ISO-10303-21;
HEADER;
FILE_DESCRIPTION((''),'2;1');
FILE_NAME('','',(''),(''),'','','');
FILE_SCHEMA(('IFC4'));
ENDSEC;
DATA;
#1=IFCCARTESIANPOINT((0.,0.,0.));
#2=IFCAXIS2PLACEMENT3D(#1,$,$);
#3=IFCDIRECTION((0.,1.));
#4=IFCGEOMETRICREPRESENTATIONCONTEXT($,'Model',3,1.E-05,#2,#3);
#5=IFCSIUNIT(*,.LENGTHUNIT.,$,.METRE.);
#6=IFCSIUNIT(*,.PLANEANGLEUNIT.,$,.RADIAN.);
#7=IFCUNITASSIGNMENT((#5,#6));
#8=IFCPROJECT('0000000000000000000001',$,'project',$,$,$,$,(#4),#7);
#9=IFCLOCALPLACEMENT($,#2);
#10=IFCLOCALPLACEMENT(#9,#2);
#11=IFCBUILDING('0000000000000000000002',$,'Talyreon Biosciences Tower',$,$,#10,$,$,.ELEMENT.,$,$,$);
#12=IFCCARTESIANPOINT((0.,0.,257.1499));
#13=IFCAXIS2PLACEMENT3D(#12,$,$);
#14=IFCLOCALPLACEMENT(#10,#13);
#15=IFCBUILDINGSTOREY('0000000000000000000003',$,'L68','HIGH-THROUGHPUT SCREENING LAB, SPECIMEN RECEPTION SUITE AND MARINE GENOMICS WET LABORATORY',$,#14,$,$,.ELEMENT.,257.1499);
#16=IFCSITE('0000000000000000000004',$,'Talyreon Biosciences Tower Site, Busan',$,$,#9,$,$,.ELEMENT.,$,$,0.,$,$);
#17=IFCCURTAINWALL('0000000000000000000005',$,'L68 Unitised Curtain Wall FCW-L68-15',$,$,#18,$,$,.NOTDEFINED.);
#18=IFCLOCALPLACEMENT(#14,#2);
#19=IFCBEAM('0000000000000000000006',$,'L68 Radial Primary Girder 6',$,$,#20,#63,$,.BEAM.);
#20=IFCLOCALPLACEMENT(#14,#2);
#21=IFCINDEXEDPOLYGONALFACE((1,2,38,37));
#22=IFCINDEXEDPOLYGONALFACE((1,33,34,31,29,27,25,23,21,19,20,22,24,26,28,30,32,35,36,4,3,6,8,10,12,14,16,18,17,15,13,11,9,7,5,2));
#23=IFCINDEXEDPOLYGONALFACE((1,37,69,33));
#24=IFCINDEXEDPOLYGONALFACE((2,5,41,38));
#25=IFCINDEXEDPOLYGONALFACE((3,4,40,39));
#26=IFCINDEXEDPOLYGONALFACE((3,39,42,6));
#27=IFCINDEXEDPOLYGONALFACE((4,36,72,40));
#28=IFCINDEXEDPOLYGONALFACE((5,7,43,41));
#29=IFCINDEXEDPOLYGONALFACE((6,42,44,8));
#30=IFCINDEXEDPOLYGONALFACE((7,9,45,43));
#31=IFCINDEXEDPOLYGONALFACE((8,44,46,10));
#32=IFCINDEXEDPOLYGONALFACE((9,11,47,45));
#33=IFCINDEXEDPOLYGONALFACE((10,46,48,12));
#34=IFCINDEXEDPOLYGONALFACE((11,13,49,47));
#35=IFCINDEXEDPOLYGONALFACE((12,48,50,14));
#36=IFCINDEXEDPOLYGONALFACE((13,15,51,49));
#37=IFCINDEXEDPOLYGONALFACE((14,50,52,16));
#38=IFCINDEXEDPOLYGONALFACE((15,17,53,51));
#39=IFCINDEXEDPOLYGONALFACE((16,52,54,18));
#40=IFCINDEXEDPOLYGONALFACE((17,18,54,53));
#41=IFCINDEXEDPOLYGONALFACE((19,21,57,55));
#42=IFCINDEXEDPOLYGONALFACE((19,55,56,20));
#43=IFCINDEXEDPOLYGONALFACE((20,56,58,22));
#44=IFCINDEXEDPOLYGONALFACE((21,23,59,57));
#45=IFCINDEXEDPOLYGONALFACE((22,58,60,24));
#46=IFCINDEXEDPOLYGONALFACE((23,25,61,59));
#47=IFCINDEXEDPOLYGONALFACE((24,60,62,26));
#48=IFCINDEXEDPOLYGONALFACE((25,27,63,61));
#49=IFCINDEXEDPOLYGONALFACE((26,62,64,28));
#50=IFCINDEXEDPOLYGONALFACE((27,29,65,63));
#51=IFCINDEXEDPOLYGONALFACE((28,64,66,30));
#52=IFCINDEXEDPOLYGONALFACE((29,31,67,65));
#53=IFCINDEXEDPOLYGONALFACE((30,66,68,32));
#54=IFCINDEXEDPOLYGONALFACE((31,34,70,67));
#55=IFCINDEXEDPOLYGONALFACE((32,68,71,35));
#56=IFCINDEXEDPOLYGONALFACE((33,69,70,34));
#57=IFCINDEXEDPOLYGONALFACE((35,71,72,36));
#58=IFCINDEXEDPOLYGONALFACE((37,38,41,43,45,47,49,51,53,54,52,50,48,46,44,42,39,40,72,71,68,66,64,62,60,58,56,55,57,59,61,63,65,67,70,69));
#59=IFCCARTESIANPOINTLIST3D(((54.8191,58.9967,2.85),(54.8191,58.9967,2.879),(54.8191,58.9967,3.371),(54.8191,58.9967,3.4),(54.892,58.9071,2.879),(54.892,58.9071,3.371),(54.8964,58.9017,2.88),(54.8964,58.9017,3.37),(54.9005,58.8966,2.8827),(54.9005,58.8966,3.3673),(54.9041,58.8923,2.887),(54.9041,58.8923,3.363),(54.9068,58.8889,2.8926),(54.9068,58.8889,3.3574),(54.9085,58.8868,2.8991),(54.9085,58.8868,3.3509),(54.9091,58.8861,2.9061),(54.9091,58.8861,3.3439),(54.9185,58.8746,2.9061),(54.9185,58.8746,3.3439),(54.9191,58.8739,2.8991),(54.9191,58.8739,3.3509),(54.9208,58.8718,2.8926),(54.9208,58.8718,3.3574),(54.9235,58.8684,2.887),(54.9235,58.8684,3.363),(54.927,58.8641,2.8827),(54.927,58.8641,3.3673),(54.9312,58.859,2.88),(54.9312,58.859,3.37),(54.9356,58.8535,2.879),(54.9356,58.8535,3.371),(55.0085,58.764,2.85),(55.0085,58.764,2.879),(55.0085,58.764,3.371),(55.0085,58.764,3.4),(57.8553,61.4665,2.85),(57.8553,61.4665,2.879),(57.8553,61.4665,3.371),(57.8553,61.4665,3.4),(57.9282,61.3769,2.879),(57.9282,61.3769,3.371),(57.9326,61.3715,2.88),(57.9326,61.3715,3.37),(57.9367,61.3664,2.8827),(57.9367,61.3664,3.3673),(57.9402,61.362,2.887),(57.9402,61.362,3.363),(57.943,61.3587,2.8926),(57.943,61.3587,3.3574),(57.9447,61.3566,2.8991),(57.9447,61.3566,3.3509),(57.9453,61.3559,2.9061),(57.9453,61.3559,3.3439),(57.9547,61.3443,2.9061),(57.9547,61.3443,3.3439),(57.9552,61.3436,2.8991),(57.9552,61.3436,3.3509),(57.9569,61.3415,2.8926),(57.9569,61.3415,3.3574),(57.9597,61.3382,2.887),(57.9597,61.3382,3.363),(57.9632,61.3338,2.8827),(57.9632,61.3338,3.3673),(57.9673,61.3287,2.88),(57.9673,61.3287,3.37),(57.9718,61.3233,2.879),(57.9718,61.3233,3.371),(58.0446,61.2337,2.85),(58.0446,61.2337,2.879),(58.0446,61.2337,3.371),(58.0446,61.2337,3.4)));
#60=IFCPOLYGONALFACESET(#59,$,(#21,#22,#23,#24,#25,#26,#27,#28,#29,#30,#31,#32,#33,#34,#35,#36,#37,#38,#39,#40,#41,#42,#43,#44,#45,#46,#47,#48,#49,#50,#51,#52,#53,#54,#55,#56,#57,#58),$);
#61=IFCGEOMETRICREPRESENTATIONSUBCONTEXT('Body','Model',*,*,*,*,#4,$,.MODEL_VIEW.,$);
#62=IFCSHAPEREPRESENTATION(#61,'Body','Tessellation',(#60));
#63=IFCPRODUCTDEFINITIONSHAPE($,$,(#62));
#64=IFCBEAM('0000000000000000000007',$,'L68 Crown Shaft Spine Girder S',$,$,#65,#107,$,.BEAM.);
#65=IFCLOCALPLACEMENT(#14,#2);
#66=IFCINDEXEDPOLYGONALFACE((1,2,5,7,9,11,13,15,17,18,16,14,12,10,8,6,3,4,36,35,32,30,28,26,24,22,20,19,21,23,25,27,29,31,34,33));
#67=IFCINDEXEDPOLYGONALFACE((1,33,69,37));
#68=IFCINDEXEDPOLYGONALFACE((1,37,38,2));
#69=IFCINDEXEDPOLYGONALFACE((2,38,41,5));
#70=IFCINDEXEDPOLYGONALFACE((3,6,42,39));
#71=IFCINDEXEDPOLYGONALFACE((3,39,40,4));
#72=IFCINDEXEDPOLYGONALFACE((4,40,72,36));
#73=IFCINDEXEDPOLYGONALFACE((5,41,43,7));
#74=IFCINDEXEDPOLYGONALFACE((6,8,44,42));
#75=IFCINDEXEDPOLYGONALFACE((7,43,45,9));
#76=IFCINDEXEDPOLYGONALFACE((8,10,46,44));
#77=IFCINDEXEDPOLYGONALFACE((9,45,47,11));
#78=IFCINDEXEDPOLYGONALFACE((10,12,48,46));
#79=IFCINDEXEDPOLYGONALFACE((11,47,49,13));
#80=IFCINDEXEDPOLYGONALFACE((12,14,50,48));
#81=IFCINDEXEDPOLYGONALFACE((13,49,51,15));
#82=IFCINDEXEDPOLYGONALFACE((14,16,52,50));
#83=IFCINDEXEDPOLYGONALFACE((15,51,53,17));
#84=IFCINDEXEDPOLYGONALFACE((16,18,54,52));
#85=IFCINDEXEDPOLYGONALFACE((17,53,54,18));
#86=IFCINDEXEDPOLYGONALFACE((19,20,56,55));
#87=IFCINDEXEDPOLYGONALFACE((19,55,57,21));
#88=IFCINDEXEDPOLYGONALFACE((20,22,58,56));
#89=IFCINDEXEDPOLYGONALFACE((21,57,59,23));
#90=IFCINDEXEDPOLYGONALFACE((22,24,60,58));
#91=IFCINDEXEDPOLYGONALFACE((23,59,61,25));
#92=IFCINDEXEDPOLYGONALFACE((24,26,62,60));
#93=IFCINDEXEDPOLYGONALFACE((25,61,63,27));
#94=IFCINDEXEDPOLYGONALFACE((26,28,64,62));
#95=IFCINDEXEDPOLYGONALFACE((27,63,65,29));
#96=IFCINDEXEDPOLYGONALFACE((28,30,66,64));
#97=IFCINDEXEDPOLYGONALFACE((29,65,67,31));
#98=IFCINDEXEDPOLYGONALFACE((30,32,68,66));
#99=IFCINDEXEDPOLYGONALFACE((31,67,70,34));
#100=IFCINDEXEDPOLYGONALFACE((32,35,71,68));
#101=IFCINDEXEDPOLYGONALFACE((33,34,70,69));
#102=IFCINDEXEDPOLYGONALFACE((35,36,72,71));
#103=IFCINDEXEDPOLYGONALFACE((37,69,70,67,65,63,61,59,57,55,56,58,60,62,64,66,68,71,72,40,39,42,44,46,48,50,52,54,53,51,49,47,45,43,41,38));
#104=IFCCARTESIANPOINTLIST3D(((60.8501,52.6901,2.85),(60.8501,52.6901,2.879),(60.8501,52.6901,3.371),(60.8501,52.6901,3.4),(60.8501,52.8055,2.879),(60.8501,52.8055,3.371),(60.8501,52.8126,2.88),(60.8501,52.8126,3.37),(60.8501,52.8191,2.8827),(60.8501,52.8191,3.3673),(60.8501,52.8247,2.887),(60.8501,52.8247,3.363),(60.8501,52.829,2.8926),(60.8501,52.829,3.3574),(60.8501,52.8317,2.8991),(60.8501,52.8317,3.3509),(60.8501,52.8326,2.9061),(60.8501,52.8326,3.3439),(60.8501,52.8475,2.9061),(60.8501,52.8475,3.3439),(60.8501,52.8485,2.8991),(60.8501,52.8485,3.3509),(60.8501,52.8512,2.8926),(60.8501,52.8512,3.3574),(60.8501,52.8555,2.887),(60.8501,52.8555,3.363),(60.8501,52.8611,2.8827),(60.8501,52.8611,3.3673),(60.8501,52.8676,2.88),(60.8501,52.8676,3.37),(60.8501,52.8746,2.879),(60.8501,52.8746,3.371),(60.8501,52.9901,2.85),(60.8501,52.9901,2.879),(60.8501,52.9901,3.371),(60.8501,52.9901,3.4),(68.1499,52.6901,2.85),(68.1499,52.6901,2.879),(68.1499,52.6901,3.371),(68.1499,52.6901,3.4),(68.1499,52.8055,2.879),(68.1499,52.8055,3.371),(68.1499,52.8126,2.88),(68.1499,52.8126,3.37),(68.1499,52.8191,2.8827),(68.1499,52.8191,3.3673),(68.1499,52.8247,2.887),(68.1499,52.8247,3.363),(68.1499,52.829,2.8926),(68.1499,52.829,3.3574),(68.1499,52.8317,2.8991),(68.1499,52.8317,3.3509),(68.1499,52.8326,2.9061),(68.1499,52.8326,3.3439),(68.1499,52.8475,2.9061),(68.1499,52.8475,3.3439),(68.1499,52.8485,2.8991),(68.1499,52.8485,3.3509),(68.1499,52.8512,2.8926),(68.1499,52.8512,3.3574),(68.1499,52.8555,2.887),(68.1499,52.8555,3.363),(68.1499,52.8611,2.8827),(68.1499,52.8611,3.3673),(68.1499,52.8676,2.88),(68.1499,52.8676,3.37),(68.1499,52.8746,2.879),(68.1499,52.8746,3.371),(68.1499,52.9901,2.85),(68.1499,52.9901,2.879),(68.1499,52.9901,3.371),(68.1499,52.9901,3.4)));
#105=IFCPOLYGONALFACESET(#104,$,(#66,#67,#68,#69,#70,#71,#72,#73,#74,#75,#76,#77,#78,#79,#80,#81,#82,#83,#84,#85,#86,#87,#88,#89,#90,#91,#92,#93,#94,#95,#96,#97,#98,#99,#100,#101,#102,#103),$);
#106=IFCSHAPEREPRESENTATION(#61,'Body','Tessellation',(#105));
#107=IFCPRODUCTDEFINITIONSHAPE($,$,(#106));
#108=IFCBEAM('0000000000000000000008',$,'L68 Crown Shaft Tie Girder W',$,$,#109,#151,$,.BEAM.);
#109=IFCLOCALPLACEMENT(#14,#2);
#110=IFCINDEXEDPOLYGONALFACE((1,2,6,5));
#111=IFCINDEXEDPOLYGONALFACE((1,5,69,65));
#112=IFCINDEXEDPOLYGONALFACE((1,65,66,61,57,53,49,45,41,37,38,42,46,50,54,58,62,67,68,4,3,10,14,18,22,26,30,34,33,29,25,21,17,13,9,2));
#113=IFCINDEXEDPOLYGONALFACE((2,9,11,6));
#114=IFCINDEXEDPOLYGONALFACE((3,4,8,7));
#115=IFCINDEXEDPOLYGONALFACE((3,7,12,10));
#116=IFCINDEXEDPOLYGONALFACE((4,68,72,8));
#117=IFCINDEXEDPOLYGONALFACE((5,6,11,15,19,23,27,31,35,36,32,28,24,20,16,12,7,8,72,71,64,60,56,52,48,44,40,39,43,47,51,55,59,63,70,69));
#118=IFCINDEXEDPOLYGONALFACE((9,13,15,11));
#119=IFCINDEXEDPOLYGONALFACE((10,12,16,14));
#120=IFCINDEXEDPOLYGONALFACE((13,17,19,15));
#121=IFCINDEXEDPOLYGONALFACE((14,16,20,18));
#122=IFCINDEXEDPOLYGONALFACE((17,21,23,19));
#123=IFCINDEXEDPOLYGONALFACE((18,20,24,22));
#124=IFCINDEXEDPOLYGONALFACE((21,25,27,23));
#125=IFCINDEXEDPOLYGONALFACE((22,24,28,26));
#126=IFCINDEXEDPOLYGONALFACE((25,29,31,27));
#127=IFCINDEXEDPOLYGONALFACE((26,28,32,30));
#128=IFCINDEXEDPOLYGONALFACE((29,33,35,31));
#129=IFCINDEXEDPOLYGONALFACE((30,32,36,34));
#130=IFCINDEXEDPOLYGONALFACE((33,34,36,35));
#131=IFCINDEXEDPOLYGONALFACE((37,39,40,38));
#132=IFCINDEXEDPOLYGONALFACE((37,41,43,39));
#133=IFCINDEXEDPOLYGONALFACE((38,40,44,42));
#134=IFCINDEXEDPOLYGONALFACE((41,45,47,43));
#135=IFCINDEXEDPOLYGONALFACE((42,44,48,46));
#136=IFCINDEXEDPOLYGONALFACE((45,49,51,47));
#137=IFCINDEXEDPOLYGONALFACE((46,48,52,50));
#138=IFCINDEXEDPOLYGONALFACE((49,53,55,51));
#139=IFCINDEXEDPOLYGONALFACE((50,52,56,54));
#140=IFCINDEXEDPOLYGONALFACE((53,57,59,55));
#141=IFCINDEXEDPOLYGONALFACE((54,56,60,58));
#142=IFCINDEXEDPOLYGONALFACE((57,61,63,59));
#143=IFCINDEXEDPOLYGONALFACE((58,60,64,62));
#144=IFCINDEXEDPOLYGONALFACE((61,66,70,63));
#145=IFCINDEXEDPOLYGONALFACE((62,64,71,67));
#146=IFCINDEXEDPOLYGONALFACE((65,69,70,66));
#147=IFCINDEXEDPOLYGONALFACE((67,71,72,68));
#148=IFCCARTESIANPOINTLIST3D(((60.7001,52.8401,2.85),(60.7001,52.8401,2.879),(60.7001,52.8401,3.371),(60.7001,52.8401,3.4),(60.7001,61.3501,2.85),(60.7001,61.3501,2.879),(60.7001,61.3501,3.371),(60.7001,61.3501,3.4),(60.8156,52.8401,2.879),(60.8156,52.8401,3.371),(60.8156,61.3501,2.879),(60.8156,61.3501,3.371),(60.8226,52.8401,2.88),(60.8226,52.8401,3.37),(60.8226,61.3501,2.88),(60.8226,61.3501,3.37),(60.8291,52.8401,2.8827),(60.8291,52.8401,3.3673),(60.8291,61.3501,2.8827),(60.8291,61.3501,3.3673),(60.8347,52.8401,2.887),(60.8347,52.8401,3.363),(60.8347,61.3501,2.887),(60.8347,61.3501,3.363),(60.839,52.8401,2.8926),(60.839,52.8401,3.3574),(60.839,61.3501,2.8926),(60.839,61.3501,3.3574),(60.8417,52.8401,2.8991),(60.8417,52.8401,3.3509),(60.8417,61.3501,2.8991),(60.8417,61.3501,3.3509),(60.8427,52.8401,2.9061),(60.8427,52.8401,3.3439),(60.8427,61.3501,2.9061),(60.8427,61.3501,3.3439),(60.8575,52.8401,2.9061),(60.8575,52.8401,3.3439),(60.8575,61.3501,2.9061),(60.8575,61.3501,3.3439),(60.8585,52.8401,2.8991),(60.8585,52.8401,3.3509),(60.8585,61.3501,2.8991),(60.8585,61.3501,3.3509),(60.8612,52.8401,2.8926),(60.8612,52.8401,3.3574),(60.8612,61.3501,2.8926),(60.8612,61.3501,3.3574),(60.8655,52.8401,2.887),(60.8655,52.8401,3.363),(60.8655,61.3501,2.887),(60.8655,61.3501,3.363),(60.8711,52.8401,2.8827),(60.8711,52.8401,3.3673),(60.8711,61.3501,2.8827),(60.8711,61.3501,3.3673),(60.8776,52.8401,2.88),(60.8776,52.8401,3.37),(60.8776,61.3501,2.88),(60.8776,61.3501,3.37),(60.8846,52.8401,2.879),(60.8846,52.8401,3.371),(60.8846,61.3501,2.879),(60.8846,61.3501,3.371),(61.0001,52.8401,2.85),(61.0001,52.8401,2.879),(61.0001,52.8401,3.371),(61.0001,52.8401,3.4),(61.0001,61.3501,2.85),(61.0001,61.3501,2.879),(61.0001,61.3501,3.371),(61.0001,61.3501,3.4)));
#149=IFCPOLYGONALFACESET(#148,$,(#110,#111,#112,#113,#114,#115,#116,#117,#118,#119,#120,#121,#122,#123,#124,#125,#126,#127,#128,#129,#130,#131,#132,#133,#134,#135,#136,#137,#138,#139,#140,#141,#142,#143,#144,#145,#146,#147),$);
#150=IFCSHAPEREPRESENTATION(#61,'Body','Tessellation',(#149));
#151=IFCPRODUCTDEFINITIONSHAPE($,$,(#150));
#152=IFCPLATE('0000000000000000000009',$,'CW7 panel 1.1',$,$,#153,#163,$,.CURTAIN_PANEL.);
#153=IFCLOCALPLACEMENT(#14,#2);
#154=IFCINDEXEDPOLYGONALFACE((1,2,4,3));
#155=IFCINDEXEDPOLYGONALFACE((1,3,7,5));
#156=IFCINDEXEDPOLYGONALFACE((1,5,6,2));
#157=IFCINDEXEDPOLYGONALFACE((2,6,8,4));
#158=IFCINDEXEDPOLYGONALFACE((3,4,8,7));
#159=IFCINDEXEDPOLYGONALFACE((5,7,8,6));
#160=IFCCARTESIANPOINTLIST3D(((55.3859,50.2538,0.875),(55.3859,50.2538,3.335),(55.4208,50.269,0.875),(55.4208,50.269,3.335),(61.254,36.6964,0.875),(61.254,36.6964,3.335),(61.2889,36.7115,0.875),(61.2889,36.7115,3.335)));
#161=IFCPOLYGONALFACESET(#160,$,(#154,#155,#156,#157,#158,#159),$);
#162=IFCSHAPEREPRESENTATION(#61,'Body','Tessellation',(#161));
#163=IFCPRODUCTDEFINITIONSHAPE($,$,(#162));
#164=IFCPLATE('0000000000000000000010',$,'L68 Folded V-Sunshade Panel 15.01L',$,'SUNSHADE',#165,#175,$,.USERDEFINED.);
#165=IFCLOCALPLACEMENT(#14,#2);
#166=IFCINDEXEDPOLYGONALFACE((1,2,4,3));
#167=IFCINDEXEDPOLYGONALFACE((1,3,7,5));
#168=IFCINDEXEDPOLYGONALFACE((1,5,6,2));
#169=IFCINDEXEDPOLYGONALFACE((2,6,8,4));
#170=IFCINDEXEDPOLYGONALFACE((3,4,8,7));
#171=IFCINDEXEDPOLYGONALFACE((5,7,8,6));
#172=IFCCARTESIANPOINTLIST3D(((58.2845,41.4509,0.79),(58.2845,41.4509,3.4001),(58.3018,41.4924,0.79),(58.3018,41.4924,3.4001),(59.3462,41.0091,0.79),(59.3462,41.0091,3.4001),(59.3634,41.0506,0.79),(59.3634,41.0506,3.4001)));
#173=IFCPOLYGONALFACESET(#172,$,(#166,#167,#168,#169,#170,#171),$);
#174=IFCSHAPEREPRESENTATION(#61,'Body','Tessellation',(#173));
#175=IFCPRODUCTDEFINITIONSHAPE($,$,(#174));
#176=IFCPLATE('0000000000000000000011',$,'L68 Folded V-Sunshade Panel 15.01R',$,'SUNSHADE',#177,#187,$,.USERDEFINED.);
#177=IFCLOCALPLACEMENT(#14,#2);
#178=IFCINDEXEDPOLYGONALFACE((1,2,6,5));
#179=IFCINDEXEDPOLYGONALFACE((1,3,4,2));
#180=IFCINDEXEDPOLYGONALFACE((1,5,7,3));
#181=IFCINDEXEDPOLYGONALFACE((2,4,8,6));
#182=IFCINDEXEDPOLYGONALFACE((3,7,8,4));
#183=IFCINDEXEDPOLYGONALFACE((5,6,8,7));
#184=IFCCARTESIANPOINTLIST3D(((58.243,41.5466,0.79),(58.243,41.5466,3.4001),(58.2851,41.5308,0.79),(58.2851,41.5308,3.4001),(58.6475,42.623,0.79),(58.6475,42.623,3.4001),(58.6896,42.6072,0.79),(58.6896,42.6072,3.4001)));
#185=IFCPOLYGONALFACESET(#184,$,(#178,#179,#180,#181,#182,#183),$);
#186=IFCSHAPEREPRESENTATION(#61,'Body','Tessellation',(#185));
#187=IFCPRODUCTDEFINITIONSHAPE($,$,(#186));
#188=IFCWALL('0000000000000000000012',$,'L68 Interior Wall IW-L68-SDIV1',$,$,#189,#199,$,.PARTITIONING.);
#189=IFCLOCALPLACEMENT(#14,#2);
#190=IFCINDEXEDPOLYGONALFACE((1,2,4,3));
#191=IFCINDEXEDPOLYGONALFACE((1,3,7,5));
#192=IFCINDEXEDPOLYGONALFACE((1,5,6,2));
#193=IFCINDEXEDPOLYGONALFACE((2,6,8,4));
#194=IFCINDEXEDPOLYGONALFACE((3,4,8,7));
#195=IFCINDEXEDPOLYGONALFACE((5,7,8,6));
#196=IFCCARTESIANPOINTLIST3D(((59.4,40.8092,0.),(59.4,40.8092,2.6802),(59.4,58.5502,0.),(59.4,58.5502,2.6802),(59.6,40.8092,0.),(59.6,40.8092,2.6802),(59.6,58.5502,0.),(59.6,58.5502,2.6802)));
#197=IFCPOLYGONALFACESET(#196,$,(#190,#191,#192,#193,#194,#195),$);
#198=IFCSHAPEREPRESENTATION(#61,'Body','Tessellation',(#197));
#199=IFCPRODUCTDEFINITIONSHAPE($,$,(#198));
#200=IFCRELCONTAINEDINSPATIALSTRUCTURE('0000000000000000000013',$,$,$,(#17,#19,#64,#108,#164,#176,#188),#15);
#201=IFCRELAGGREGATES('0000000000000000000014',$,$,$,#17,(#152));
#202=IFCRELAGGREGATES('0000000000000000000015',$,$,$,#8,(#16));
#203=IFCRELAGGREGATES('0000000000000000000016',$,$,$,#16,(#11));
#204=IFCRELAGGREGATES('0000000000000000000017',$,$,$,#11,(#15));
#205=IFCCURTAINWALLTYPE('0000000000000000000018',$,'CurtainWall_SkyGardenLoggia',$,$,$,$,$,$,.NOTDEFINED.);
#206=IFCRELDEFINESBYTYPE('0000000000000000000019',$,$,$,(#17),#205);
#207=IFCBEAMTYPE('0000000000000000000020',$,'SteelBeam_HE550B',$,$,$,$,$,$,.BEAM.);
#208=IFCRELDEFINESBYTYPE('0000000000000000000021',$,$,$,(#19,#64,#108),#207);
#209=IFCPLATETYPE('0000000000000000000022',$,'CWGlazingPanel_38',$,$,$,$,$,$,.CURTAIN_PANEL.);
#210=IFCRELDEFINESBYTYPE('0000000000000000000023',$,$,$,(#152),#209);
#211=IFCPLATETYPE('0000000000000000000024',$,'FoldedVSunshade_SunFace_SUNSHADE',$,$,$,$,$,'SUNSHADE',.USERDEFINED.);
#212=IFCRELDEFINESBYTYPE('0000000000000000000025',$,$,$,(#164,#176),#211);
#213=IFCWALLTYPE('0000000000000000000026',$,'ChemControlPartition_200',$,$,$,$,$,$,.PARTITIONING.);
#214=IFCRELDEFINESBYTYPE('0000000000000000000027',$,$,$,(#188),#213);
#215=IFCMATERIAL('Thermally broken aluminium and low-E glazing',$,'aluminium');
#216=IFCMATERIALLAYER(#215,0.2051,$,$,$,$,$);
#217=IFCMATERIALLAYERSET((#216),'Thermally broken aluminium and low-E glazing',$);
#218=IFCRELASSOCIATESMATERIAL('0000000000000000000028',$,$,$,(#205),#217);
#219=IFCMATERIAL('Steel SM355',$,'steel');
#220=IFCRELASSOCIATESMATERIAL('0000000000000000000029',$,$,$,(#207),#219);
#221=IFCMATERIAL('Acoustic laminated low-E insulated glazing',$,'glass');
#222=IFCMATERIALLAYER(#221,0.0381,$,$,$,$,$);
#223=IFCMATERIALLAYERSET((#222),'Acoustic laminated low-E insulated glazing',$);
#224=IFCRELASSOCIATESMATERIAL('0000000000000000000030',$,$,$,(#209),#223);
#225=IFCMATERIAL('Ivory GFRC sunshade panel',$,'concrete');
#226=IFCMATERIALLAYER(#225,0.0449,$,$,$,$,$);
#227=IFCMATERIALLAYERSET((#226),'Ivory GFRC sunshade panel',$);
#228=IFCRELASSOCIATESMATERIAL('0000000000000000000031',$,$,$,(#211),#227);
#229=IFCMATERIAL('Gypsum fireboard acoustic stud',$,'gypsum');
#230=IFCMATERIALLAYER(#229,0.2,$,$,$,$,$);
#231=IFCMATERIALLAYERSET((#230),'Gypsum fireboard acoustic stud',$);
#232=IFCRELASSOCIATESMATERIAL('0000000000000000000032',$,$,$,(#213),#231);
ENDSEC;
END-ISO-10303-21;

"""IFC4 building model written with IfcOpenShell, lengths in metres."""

from ifc_helpers import new_model, si_unit, direction, frame, frame_2d, origin, origin_2d, place, context, subcontext, project, spatial, rectangle, i_section, extrude, material, layer, layer_set, material_profile, profile_set, type_object, element, aggregate, save


model = new_model("IFC4")

# Units and contexts
model_context = context("Model", 3, precision=1e-05, world=origin(), true_north=direction((0.0, 1.0)))
body_context = subcontext(model_context, "Body", "Model", "MODEL_VIEW")
ifc_project = project(units=[si_unit("LENGTHUNIT", "METRE"), si_unit("PLANEANGLEUNIT", "RADIAN")], contexts=[model_context])

# Site, building, storey
site_placement = place(None, origin())
site = spatial("IfcSite", under=ifc_project, at=site_placement, Name="Talyreon Biosciences Tower Site, Busan", CompositionType="ELEMENT", RefElevation=0.0)
building_placement = place(site_placement, origin())
building = spatial("IfcBuilding", under=site, at=building_placement, Name="Talyreon Biosciences Tower", CompositionType="ELEMENT")
storey_placement = place(building_placement, frame((0.0, 0.0, 257.1499)))
storey = spatial("IfcBuildingStorey", under=building, at=storey_placement, Name="L68", Description="HIGH-THROUGHPUT SCREENING LAB, SPECIMEN RECEPTION SUITE AND MARINE GENOMICS WET LABORATORY", CompositionType="ELEMENT", Elevation=257.1499)

# Curtain wall
ifc_material_1 = material(Name="Thermally broken aluminium and low-E glazing", Category="aluminium")
ifc_layer_1 = layer(ifc_material_1, 0.2051)
ifc_layer_set_1 = layer_set([ifc_layer_1], Name="Thermally broken aluminium and low-E glazing")
curtain_wall_type = type_object("IfcCurtainWallType", Name="CurtainWall_SkyGardenLoggia", PredefinedType="NOTDEFINED", material=ifc_layer_set_1)
curtain_wall_placement = place(storey_placement, origin())
curtain_wall = element("IfcCurtainWall", 1, at=curtain_wall_placement, inside=storey, type_object=curtain_wall_type, Name="L68 Unitised Curtain Wall FCW-L68-15", PredefinedType="NOTDEFINED")

# Beams
ifc_material_2 = material(Name="Steel SM355", Category="steel")
ifc_material_profile_1 = material_profile(ifc_material_2, i_section(OverallWidth=0.3, OverallDepth=0.55, WebThickness=0.0149, FlangeThickness=0.0291, FilletRadius=0.0271, at=origin_2d()), Name="HE550B")
ifc_profile_set_1 = profile_set([ifc_material_profile_1], Name="Steel SM355")
beam_type_1 = type_object("IfcBeamType", Name="SteelBeam_HE550B", PredefinedType="BEAM", material=ifc_profile_set_1)
beam_1_placement = place(storey_placement, frame((57.95, 61.3501, 3.125), z_axis=(-0.775755, -0.631034, 0.0), x_axis=(0.631034, -0.775755, 0.0)))
element("IfcBeam", 2, at=beam_1_placement, inside=storey, type_object=beam_type_1, Name="L68 Radial Primary Girder 6", PredefinedType="BEAM", context=body_context, shape_type="SweptSolid", body=[
    extrude(i_section(OverallWidth=0.3, OverallDepth=0.55, WebThickness=0.0149, FlangeThickness=0.0291, FilletRadius=0.0271, at=origin_2d()), origin(), (0.0, 0.0, 1.0), 3.9138),
])
beam_2_placement = place(storey_placement, frame((60.8501, 52.8401, 3.125), z_axis=(1.0, 0.0, 0.0), x_axis=(0.0, 1.0, 0.0)))
element("IfcBeam", 3, at=beam_2_placement, inside=storey, type_object=beam_type_1, Name="L68 Crown Shaft Spine Girder S", PredefinedType="BEAM", context=body_context, shape_type="SweptSolid", body=[
    extrude(i_section(OverallWidth=0.3, OverallDepth=0.55, WebThickness=0.0149, FlangeThickness=0.0291, FilletRadius=0.0271, at=origin_2d()), origin(), (0.0, 0.0, 1.0), 7.2998),
])
beam_3_placement = place(storey_placement, frame((60.8501, 52.8401, 3.125), z_axis=(0.0, 1.0, 0.0), x_axis=(-1.0, 0.0, 0.0)))
element("IfcBeam", 4, at=beam_3_placement, inside=storey, type_object=beam_type_1, Name="L68 Crown Shaft Tie Girder W", PredefinedType="BEAM", context=body_context, shape_type="SweptSolid", body=[
    extrude(i_section(OverallWidth=0.3, OverallDepth=0.55, WebThickness=0.0149, FlangeThickness=0.0291, FilletRadius=0.0271, at=origin_2d()), origin(), (0.0, 0.0, 1.0), 8.51),
])

# Plate
ifc_material_3 = material(Name="Acoustic laminated low-E insulated glazing", Category="glass")
ifc_layer_2 = layer(ifc_material_3, 0.0381)
ifc_layer_set_2 = layer_set([ifc_layer_2], Name="Acoustic laminated low-E insulated glazing")
plate_type_1 = type_object("IfcPlateType", Name="CWGlazingPanel_38", PredefinedType="CURTAIN_PANEL", material=ifc_layer_set_2)
plate_placement = place(storey_placement, frame((58.3374, 43.4827, 0.875), z_axis=(0.0, 0.0, 1.0), x_axis=(-0.397221, 0.917723, 0.0)))
plate = element("IfcPlate", 5, at=plate_placement, type_object=plate_type_1, Name="CW7 panel 1.1", PredefinedType="CURTAIN_PANEL", context=body_context, shape_type="SweptSolid", body=[
    extrude(rectangle(XDim=14.7729, YDim=0.0381, at=origin_2d()), origin(), (0.0, 0.0, 1.0), 2.46),
])
aggregate(curtain_wall, [plate])

# Plates
ifc_material_4 = material(Name="Ivory GFRC sunshade panel", Category="concrete")
ifc_layer_3 = layer(ifc_material_4, 0.0449)
ifc_layer_set_3 = layer_set([ifc_layer_3], Name="Ivory GFRC sunshade panel")
plate_type_2 = type_object("IfcPlateType", Name="FoldedVSunshade_SunFace_SUNSHADE", ElementType="SUNSHADE", PredefinedType="USERDEFINED", material=ifc_layer_set_3)
for number, where, z_axis, x_axis, name in (
    (6, (58.824, 41.2507, 0.79), (0.0, 0.0, 1.0), (-0.923244, 0.384215, 0.0), "L68 Folded V-Sunshade Panel 15.01L"),
    (7, (58.4663, 42.0769, 0.79), (0.0, 0.0, 1.0), (0.35176, 0.93609, 0.0), "L68 Folded V-Sunshade Panel 15.01R"),
):
    element("IfcPlate", number, at=place(storey_placement, frame(where, z_axis=z_axis, x_axis=x_axis)), inside=storey, type_object=plate_type_2, Name=name, ObjectType="SUNSHADE", PredefinedType="USERDEFINED", context=body_context, shape_type="SweptSolid", body=[
        extrude(rectangle(XDim=1.1499, YDim=0.0449, at=origin_2d()), origin(), (0.0, 0.0, 1.0), 2.6101),
    ])

# Wall
ifc_material_5 = material(Name="Gypsum fireboard acoustic stud", Category="gypsum")
ifc_layer_4 = layer(ifc_material_5, 0.2)
ifc_layer_set_4 = layer_set([ifc_layer_4], Name="Gypsum fireboard acoustic stud")
wall_type_1 = type_object("IfcWallType", Name="ChemControlPartition_200", PredefinedType="PARTITIONING", material=ifc_layer_set_4)
wall_1_placement = place(storey_placement, frame((59.5, 40.8091, 0.0), z_axis=(0.0, 0.0, 1.0), x_axis=(0.0, 1.0, 0.0)))
element("IfcWall", 8, at=wall_1_placement, inside=storey, type_object=wall_type_1, Name="L68 Interior Wall IW-L68-SDIV1", PredefinedType="PARTITIONING", context=body_context, shape_type="SweptSolid", body=[
    extrude(rectangle(XDim=17.741, YDim=0.2, at=frame_2d((8.8706, 0.0))), origin(), (0.0, 0.0, 1.0), 2.6802),
])

save(model, "model.ifc")
